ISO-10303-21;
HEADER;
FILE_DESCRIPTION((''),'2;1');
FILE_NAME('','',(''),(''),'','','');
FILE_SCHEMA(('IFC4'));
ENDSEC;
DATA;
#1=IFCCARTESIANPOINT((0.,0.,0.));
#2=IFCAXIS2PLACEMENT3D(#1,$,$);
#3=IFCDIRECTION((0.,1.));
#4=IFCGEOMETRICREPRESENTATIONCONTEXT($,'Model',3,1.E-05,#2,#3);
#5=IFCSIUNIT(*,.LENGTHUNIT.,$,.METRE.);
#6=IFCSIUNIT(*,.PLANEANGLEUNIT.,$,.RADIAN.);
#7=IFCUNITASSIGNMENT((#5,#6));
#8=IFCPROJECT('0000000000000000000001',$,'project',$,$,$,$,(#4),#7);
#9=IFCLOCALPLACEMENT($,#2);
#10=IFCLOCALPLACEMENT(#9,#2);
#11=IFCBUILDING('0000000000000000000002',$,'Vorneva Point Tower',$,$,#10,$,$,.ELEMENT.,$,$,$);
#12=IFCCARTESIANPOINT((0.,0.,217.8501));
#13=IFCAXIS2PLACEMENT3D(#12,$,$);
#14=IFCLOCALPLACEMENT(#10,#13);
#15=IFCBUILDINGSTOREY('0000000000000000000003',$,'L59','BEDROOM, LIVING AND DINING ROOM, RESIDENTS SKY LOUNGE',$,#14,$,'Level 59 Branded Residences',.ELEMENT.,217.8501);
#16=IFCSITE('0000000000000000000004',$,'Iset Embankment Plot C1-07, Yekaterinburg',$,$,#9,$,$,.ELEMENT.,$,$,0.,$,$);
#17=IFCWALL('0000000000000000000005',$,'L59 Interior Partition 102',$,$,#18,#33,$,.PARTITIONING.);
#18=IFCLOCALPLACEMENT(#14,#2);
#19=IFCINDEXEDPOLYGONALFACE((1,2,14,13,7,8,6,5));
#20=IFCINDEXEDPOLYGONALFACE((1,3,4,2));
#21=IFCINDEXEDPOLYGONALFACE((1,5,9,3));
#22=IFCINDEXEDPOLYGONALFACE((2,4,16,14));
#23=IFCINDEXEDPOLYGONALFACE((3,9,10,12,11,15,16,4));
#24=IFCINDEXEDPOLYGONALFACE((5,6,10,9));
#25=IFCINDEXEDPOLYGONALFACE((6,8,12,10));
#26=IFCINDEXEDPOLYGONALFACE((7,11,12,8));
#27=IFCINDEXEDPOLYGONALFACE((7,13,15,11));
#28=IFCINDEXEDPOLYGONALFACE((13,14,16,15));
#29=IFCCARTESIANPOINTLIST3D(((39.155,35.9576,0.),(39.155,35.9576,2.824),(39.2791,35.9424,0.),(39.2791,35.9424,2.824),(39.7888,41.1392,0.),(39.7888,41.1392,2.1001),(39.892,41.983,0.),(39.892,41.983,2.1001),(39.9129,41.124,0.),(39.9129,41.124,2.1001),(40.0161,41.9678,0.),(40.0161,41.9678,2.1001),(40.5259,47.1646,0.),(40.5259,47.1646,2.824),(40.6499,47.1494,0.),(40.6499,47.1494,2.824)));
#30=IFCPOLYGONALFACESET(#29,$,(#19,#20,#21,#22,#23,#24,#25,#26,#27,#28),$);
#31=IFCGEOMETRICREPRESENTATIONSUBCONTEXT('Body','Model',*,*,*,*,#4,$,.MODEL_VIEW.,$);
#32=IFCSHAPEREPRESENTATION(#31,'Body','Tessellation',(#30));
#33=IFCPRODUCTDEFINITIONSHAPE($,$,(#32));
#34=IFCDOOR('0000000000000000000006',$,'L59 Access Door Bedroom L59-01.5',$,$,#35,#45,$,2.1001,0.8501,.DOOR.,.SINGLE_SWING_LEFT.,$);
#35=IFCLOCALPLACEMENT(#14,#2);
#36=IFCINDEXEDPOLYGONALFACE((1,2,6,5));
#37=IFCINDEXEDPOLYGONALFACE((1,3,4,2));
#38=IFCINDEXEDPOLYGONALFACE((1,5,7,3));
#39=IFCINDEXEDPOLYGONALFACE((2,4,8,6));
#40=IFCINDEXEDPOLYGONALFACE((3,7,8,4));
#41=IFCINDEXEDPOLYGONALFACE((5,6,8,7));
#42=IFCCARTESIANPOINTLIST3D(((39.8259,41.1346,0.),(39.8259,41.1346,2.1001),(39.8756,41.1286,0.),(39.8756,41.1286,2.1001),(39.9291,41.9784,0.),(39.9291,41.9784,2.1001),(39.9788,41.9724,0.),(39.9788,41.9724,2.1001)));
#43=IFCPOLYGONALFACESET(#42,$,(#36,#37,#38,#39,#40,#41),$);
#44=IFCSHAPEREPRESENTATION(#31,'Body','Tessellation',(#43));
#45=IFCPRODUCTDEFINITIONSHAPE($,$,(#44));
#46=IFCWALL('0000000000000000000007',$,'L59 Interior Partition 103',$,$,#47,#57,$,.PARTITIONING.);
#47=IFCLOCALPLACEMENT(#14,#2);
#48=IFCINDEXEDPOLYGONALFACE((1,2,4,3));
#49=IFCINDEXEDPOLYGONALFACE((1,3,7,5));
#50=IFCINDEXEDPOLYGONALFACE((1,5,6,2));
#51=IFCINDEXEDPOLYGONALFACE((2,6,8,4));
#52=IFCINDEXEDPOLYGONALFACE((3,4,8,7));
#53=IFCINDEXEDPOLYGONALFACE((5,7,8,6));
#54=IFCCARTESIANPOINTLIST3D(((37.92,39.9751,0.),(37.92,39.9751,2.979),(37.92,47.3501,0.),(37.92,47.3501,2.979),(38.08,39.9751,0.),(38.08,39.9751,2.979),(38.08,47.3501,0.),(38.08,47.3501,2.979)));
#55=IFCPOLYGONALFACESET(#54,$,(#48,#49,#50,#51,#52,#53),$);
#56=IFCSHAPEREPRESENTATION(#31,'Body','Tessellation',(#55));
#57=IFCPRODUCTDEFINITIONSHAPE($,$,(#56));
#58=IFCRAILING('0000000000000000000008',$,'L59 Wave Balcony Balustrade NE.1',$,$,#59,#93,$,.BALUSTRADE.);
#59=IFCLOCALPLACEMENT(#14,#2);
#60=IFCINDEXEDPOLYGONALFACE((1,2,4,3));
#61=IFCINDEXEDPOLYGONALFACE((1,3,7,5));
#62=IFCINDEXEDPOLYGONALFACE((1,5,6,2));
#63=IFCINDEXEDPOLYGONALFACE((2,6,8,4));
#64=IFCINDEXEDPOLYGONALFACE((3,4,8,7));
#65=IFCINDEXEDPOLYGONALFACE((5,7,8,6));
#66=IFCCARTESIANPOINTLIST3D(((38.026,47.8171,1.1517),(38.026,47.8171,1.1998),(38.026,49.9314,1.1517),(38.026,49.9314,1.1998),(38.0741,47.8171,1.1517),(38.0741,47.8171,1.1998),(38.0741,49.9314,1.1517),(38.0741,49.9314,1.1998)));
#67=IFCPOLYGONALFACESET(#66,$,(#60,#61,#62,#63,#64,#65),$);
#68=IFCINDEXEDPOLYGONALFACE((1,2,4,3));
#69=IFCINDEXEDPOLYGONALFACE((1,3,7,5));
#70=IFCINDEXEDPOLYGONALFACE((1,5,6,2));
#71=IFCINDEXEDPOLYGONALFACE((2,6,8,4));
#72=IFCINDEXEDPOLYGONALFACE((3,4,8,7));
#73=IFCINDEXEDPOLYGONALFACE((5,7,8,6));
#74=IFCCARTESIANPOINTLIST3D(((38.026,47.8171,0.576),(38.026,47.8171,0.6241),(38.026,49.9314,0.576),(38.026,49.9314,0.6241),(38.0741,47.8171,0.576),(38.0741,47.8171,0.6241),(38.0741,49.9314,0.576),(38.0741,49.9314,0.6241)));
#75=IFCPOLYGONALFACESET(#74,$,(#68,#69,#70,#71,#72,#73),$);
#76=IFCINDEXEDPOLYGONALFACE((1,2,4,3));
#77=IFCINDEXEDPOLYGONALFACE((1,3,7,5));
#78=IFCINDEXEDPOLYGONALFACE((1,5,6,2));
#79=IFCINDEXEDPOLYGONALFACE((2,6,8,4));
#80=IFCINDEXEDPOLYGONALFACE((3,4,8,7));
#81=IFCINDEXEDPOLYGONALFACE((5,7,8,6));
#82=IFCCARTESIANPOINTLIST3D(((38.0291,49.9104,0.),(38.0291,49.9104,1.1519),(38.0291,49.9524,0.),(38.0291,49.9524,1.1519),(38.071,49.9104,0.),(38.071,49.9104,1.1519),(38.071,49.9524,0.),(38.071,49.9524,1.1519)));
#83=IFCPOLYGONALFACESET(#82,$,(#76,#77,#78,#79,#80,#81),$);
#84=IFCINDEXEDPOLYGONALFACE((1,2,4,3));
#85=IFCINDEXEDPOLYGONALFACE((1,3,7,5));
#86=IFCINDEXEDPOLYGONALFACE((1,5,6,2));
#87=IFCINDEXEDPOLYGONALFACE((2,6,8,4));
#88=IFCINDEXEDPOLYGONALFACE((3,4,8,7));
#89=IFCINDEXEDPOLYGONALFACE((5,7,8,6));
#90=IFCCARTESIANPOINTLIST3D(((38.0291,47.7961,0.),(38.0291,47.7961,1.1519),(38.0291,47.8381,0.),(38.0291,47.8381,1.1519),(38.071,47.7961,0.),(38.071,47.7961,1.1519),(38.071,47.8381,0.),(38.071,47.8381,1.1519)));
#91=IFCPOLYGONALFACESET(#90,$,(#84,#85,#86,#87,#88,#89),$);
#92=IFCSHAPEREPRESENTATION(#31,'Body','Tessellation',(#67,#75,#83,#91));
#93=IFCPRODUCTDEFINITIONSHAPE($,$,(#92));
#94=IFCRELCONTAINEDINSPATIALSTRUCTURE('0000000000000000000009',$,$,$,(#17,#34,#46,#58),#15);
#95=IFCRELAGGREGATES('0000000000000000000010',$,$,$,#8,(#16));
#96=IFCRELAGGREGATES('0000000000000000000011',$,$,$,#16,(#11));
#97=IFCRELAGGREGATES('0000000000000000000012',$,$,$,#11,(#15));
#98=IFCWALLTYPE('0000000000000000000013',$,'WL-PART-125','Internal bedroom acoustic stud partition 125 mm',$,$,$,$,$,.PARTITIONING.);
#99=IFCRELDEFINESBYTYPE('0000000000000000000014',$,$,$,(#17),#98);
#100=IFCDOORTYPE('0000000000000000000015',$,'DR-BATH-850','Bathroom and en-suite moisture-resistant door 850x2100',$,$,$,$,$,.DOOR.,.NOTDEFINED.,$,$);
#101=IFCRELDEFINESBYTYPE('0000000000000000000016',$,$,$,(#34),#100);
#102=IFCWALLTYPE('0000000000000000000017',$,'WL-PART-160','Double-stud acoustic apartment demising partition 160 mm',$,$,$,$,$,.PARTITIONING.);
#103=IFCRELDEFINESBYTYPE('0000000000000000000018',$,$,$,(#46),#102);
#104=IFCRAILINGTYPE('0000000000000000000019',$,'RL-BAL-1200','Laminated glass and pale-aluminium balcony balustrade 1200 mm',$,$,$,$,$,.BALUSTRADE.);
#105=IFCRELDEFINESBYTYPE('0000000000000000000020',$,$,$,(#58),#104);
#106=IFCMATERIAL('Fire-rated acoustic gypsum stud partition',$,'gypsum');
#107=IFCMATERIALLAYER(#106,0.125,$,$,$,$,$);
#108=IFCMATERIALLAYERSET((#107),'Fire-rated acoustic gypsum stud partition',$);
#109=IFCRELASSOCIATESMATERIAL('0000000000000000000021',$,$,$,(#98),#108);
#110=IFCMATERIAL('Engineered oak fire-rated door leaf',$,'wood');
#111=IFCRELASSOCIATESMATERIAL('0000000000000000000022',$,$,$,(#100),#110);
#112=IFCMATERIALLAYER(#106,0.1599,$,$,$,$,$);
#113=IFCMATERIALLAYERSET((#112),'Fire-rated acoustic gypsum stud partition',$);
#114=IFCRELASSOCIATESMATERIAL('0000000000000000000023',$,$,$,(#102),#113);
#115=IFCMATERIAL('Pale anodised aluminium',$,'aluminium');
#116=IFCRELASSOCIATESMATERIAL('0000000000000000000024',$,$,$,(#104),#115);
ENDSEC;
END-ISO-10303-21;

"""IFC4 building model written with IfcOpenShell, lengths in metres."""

from ifc_helpers import new_model, si_unit, direction, frame, frame_2d, origin, origin_2d, place, context, subcontext, project, spatial, rectangle, extrude, material, layer, layer_set, type_object, element, fill, save


model = new_model("IFC4")

# Units and contexts
model_context = context("Model", 3, precision=1e-05, world=origin(), true_north=direction((0.0, 1.0)))
body_context = subcontext(model_context, "Body", "Model", "MODEL_VIEW")
ifc_project = project(units=[si_unit("LENGTHUNIT", "METRE"), si_unit("PLANEANGLEUNIT", "RADIAN")], contexts=[model_context])

# Site, building, storey
site_placement = place(None, origin())
site = spatial("IfcSite", under=ifc_project, at=site_placement, Name="Iset Embankment Plot C1-07, Yekaterinburg", CompositionType="ELEMENT", RefElevation=0.0)
building_placement = place(site_placement, origin())
building = spatial("IfcBuilding", under=site, at=building_placement, Name="Vorneva Point Tower", CompositionType="ELEMENT")
storey_placement = place(building_placement, frame((0.0, 0.0, 217.8501)))
storey = spatial("IfcBuildingStorey", under=building, at=storey_placement, Name="L59", Description="BEDROOM, LIVING AND DINING ROOM, RESIDENTS SKY LOUNGE", LongName="Level 59 Branded Residences", CompositionType="ELEMENT", Elevation=217.8501)

# Shared definitions
ifc_material_1 = material(Name="Pale anodised aluminium", Category="aluminium")

# Shared definitions
ifc_material_2 = material(Name="Fire-rated acoustic gypsum stud partition", Category="gypsum")
ifc_layer_1 = layer(ifc_material_2, 0.125)
ifc_layer_set_1 = layer_set([ifc_layer_1], Name="Fire-rated acoustic gypsum stud partition")
wall_type_1 = type_object("IfcWallType", Name="WL-PART-125", Description="Internal bedroom acoustic stud partition 125 mm", PredefinedType="PARTITIONING", material=ifc_layer_set_1)

# Wall, opening, door
wall_1_placement = place(storey_placement, frame((40.5879, 47.157, 0.0), z_axis=(0.0, 0.0, 1.0), x_axis=(-0.121416, -0.992602, 0.0)))
wall_1 = element("IfcWall", 1, at=wall_1_placement, inside=storey, type_object=wall_type_1, Name="L59 Interior Partition 102", PredefinedType="PARTITIONING", context=body_context, shape_type="SweptSolid", body=[
    extrude(rectangle(XDim=11.2905, YDim=0.125, at=frame_2d((5.6453, 0.0))), origin(), (0.0, 0.0, 1.0), 2.824),
])
opening_placement = place(wall_1_placement, frame((5.2202, 0.0, 0.0)))
opening = element("IfcOpeningElement", 2, at=opening_placement, cuts=wall_1, PredefinedType="OPENING", context=body_context, shape_type="SweptSolid", body=[
    extrude(rectangle(XDim=0.8501, YDim=2.1001, at=frame_2d((0.425, 1.05))), frame((0.0, 0.0774, 0.0), z_axis=(0.0, -1.0, 0.0), x_axis=(1.0, 0.0, 0.0)), (0.0, 0.0, 1.0), 0.1548),
])
ifc_material_3 = material(Name="Engineered oak fire-rated door leaf", Category="wood")
door_type = type_object("IfcDoorType", Name="DR-BATH-850", Description="Bathroom and en-suite moisture-resistant door 850x2100", OperationType="NOTDEFINED", PredefinedType="DOOR", material=ifc_material_3)
door_placement = place(opening_placement, origin())
door = element("IfcDoor", 3, at=door_placement, inside=storey, type_object=door_type, Name="L59 Access Door Bedroom L59-01.5", OperationType="SINGLE_SWING_LEFT", OverallHeight=2.1001, OverallWidth=0.8501, PredefinedType="DOOR", context=body_context, shape_type="SweptSolid", body=[
    extrude(rectangle(XDim=0.8501, YDim=2.1001, at=frame_2d((0.425, 1.05))), frame((0.0, 0.0249, 0.0), z_axis=(0.0, -1.0, 0.0), x_axis=(1.0, 0.0, 0.0)), (0.0, 0.0, 1.0), 0.05),
])
fill(opening, door)

# Wall
ifc_layer_2 = layer(ifc_material_2, 0.1599)
ifc_layer_set_2 = layer_set([ifc_layer_2], Name="Fire-rated acoustic gypsum stud partition")
wall_type_2 = type_object("IfcWallType", Name="WL-PART-160", Description="Double-stud acoustic apartment demising partition 160 mm", PredefinedType="PARTITIONING", material=ifc_layer_set_2)
wall_2_placement = place(storey_placement, frame((38.0, 47.3501, 0.0), z_axis=(0.0, 0.0, 1.0), x_axis=(0.0, -1.0, 0.0)))
element("IfcWall", 4, at=wall_2_placement, inside=storey, type_object=wall_type_2, Name="L59 Interior Partition 103", PredefinedType="PARTITIONING", context=body_context, shape_type="SweptSolid", body=[
    extrude(rectangle(XDim=7.375, YDim=0.1599, at=frame_2d((3.6875, 0.0))), origin(), (0.0, 0.0, 1.0), 2.979),
])

# Railing
railing_type = type_object("IfcRailingType", Name="RL-BAL-1200", Description="Laminated glass and pale-aluminium balcony balustrade 1200 mm", PredefinedType="BALUSTRADE", material=ifc_material_1)
railing_placement = place(storey_placement, frame((38.05, 49.9314, 0.0)))
element("IfcRailing", 5, at=railing_placement, inside=storey, type_object=railing_type, Name="L59 Wave Balcony Balustrade NE.1", PredefinedType="BALUSTRADE", context=body_context, shape_type="SweptSolid", body=[
    extrude(rectangle(XDim=0.0481, YDim=0.0481, at=origin_2d()), frame((0.0, 0.0, 1.1758), z_axis=(0.0, -1.0, 0.0), x_axis=(1.0, 0.0, 0.0)), (0.0, 0.0, 1.0), 2.1143),
    extrude(rectangle(XDim=0.0481, YDim=0.0481, at=origin_2d()), frame((0.0, 0.0, 0.6001), z_axis=(0.0, -1.0, 0.0), x_axis=(1.0, 0.0, 0.0)), (0.0, 0.0, 1.0), 2.1143),
    extrude(rectangle(XDim=0.042, YDim=0.042, at=origin_2d()), origin(), (0.0, 0.0, 1.0), 1.1519),
    extrude(rectangle(XDim=0.042, YDim=0.042, at=origin_2d()), frame((0.0, -2.1143, 0.0)), (0.0, 0.0, 1.0), 1.1519),
])

save(model, "model.ifc")
